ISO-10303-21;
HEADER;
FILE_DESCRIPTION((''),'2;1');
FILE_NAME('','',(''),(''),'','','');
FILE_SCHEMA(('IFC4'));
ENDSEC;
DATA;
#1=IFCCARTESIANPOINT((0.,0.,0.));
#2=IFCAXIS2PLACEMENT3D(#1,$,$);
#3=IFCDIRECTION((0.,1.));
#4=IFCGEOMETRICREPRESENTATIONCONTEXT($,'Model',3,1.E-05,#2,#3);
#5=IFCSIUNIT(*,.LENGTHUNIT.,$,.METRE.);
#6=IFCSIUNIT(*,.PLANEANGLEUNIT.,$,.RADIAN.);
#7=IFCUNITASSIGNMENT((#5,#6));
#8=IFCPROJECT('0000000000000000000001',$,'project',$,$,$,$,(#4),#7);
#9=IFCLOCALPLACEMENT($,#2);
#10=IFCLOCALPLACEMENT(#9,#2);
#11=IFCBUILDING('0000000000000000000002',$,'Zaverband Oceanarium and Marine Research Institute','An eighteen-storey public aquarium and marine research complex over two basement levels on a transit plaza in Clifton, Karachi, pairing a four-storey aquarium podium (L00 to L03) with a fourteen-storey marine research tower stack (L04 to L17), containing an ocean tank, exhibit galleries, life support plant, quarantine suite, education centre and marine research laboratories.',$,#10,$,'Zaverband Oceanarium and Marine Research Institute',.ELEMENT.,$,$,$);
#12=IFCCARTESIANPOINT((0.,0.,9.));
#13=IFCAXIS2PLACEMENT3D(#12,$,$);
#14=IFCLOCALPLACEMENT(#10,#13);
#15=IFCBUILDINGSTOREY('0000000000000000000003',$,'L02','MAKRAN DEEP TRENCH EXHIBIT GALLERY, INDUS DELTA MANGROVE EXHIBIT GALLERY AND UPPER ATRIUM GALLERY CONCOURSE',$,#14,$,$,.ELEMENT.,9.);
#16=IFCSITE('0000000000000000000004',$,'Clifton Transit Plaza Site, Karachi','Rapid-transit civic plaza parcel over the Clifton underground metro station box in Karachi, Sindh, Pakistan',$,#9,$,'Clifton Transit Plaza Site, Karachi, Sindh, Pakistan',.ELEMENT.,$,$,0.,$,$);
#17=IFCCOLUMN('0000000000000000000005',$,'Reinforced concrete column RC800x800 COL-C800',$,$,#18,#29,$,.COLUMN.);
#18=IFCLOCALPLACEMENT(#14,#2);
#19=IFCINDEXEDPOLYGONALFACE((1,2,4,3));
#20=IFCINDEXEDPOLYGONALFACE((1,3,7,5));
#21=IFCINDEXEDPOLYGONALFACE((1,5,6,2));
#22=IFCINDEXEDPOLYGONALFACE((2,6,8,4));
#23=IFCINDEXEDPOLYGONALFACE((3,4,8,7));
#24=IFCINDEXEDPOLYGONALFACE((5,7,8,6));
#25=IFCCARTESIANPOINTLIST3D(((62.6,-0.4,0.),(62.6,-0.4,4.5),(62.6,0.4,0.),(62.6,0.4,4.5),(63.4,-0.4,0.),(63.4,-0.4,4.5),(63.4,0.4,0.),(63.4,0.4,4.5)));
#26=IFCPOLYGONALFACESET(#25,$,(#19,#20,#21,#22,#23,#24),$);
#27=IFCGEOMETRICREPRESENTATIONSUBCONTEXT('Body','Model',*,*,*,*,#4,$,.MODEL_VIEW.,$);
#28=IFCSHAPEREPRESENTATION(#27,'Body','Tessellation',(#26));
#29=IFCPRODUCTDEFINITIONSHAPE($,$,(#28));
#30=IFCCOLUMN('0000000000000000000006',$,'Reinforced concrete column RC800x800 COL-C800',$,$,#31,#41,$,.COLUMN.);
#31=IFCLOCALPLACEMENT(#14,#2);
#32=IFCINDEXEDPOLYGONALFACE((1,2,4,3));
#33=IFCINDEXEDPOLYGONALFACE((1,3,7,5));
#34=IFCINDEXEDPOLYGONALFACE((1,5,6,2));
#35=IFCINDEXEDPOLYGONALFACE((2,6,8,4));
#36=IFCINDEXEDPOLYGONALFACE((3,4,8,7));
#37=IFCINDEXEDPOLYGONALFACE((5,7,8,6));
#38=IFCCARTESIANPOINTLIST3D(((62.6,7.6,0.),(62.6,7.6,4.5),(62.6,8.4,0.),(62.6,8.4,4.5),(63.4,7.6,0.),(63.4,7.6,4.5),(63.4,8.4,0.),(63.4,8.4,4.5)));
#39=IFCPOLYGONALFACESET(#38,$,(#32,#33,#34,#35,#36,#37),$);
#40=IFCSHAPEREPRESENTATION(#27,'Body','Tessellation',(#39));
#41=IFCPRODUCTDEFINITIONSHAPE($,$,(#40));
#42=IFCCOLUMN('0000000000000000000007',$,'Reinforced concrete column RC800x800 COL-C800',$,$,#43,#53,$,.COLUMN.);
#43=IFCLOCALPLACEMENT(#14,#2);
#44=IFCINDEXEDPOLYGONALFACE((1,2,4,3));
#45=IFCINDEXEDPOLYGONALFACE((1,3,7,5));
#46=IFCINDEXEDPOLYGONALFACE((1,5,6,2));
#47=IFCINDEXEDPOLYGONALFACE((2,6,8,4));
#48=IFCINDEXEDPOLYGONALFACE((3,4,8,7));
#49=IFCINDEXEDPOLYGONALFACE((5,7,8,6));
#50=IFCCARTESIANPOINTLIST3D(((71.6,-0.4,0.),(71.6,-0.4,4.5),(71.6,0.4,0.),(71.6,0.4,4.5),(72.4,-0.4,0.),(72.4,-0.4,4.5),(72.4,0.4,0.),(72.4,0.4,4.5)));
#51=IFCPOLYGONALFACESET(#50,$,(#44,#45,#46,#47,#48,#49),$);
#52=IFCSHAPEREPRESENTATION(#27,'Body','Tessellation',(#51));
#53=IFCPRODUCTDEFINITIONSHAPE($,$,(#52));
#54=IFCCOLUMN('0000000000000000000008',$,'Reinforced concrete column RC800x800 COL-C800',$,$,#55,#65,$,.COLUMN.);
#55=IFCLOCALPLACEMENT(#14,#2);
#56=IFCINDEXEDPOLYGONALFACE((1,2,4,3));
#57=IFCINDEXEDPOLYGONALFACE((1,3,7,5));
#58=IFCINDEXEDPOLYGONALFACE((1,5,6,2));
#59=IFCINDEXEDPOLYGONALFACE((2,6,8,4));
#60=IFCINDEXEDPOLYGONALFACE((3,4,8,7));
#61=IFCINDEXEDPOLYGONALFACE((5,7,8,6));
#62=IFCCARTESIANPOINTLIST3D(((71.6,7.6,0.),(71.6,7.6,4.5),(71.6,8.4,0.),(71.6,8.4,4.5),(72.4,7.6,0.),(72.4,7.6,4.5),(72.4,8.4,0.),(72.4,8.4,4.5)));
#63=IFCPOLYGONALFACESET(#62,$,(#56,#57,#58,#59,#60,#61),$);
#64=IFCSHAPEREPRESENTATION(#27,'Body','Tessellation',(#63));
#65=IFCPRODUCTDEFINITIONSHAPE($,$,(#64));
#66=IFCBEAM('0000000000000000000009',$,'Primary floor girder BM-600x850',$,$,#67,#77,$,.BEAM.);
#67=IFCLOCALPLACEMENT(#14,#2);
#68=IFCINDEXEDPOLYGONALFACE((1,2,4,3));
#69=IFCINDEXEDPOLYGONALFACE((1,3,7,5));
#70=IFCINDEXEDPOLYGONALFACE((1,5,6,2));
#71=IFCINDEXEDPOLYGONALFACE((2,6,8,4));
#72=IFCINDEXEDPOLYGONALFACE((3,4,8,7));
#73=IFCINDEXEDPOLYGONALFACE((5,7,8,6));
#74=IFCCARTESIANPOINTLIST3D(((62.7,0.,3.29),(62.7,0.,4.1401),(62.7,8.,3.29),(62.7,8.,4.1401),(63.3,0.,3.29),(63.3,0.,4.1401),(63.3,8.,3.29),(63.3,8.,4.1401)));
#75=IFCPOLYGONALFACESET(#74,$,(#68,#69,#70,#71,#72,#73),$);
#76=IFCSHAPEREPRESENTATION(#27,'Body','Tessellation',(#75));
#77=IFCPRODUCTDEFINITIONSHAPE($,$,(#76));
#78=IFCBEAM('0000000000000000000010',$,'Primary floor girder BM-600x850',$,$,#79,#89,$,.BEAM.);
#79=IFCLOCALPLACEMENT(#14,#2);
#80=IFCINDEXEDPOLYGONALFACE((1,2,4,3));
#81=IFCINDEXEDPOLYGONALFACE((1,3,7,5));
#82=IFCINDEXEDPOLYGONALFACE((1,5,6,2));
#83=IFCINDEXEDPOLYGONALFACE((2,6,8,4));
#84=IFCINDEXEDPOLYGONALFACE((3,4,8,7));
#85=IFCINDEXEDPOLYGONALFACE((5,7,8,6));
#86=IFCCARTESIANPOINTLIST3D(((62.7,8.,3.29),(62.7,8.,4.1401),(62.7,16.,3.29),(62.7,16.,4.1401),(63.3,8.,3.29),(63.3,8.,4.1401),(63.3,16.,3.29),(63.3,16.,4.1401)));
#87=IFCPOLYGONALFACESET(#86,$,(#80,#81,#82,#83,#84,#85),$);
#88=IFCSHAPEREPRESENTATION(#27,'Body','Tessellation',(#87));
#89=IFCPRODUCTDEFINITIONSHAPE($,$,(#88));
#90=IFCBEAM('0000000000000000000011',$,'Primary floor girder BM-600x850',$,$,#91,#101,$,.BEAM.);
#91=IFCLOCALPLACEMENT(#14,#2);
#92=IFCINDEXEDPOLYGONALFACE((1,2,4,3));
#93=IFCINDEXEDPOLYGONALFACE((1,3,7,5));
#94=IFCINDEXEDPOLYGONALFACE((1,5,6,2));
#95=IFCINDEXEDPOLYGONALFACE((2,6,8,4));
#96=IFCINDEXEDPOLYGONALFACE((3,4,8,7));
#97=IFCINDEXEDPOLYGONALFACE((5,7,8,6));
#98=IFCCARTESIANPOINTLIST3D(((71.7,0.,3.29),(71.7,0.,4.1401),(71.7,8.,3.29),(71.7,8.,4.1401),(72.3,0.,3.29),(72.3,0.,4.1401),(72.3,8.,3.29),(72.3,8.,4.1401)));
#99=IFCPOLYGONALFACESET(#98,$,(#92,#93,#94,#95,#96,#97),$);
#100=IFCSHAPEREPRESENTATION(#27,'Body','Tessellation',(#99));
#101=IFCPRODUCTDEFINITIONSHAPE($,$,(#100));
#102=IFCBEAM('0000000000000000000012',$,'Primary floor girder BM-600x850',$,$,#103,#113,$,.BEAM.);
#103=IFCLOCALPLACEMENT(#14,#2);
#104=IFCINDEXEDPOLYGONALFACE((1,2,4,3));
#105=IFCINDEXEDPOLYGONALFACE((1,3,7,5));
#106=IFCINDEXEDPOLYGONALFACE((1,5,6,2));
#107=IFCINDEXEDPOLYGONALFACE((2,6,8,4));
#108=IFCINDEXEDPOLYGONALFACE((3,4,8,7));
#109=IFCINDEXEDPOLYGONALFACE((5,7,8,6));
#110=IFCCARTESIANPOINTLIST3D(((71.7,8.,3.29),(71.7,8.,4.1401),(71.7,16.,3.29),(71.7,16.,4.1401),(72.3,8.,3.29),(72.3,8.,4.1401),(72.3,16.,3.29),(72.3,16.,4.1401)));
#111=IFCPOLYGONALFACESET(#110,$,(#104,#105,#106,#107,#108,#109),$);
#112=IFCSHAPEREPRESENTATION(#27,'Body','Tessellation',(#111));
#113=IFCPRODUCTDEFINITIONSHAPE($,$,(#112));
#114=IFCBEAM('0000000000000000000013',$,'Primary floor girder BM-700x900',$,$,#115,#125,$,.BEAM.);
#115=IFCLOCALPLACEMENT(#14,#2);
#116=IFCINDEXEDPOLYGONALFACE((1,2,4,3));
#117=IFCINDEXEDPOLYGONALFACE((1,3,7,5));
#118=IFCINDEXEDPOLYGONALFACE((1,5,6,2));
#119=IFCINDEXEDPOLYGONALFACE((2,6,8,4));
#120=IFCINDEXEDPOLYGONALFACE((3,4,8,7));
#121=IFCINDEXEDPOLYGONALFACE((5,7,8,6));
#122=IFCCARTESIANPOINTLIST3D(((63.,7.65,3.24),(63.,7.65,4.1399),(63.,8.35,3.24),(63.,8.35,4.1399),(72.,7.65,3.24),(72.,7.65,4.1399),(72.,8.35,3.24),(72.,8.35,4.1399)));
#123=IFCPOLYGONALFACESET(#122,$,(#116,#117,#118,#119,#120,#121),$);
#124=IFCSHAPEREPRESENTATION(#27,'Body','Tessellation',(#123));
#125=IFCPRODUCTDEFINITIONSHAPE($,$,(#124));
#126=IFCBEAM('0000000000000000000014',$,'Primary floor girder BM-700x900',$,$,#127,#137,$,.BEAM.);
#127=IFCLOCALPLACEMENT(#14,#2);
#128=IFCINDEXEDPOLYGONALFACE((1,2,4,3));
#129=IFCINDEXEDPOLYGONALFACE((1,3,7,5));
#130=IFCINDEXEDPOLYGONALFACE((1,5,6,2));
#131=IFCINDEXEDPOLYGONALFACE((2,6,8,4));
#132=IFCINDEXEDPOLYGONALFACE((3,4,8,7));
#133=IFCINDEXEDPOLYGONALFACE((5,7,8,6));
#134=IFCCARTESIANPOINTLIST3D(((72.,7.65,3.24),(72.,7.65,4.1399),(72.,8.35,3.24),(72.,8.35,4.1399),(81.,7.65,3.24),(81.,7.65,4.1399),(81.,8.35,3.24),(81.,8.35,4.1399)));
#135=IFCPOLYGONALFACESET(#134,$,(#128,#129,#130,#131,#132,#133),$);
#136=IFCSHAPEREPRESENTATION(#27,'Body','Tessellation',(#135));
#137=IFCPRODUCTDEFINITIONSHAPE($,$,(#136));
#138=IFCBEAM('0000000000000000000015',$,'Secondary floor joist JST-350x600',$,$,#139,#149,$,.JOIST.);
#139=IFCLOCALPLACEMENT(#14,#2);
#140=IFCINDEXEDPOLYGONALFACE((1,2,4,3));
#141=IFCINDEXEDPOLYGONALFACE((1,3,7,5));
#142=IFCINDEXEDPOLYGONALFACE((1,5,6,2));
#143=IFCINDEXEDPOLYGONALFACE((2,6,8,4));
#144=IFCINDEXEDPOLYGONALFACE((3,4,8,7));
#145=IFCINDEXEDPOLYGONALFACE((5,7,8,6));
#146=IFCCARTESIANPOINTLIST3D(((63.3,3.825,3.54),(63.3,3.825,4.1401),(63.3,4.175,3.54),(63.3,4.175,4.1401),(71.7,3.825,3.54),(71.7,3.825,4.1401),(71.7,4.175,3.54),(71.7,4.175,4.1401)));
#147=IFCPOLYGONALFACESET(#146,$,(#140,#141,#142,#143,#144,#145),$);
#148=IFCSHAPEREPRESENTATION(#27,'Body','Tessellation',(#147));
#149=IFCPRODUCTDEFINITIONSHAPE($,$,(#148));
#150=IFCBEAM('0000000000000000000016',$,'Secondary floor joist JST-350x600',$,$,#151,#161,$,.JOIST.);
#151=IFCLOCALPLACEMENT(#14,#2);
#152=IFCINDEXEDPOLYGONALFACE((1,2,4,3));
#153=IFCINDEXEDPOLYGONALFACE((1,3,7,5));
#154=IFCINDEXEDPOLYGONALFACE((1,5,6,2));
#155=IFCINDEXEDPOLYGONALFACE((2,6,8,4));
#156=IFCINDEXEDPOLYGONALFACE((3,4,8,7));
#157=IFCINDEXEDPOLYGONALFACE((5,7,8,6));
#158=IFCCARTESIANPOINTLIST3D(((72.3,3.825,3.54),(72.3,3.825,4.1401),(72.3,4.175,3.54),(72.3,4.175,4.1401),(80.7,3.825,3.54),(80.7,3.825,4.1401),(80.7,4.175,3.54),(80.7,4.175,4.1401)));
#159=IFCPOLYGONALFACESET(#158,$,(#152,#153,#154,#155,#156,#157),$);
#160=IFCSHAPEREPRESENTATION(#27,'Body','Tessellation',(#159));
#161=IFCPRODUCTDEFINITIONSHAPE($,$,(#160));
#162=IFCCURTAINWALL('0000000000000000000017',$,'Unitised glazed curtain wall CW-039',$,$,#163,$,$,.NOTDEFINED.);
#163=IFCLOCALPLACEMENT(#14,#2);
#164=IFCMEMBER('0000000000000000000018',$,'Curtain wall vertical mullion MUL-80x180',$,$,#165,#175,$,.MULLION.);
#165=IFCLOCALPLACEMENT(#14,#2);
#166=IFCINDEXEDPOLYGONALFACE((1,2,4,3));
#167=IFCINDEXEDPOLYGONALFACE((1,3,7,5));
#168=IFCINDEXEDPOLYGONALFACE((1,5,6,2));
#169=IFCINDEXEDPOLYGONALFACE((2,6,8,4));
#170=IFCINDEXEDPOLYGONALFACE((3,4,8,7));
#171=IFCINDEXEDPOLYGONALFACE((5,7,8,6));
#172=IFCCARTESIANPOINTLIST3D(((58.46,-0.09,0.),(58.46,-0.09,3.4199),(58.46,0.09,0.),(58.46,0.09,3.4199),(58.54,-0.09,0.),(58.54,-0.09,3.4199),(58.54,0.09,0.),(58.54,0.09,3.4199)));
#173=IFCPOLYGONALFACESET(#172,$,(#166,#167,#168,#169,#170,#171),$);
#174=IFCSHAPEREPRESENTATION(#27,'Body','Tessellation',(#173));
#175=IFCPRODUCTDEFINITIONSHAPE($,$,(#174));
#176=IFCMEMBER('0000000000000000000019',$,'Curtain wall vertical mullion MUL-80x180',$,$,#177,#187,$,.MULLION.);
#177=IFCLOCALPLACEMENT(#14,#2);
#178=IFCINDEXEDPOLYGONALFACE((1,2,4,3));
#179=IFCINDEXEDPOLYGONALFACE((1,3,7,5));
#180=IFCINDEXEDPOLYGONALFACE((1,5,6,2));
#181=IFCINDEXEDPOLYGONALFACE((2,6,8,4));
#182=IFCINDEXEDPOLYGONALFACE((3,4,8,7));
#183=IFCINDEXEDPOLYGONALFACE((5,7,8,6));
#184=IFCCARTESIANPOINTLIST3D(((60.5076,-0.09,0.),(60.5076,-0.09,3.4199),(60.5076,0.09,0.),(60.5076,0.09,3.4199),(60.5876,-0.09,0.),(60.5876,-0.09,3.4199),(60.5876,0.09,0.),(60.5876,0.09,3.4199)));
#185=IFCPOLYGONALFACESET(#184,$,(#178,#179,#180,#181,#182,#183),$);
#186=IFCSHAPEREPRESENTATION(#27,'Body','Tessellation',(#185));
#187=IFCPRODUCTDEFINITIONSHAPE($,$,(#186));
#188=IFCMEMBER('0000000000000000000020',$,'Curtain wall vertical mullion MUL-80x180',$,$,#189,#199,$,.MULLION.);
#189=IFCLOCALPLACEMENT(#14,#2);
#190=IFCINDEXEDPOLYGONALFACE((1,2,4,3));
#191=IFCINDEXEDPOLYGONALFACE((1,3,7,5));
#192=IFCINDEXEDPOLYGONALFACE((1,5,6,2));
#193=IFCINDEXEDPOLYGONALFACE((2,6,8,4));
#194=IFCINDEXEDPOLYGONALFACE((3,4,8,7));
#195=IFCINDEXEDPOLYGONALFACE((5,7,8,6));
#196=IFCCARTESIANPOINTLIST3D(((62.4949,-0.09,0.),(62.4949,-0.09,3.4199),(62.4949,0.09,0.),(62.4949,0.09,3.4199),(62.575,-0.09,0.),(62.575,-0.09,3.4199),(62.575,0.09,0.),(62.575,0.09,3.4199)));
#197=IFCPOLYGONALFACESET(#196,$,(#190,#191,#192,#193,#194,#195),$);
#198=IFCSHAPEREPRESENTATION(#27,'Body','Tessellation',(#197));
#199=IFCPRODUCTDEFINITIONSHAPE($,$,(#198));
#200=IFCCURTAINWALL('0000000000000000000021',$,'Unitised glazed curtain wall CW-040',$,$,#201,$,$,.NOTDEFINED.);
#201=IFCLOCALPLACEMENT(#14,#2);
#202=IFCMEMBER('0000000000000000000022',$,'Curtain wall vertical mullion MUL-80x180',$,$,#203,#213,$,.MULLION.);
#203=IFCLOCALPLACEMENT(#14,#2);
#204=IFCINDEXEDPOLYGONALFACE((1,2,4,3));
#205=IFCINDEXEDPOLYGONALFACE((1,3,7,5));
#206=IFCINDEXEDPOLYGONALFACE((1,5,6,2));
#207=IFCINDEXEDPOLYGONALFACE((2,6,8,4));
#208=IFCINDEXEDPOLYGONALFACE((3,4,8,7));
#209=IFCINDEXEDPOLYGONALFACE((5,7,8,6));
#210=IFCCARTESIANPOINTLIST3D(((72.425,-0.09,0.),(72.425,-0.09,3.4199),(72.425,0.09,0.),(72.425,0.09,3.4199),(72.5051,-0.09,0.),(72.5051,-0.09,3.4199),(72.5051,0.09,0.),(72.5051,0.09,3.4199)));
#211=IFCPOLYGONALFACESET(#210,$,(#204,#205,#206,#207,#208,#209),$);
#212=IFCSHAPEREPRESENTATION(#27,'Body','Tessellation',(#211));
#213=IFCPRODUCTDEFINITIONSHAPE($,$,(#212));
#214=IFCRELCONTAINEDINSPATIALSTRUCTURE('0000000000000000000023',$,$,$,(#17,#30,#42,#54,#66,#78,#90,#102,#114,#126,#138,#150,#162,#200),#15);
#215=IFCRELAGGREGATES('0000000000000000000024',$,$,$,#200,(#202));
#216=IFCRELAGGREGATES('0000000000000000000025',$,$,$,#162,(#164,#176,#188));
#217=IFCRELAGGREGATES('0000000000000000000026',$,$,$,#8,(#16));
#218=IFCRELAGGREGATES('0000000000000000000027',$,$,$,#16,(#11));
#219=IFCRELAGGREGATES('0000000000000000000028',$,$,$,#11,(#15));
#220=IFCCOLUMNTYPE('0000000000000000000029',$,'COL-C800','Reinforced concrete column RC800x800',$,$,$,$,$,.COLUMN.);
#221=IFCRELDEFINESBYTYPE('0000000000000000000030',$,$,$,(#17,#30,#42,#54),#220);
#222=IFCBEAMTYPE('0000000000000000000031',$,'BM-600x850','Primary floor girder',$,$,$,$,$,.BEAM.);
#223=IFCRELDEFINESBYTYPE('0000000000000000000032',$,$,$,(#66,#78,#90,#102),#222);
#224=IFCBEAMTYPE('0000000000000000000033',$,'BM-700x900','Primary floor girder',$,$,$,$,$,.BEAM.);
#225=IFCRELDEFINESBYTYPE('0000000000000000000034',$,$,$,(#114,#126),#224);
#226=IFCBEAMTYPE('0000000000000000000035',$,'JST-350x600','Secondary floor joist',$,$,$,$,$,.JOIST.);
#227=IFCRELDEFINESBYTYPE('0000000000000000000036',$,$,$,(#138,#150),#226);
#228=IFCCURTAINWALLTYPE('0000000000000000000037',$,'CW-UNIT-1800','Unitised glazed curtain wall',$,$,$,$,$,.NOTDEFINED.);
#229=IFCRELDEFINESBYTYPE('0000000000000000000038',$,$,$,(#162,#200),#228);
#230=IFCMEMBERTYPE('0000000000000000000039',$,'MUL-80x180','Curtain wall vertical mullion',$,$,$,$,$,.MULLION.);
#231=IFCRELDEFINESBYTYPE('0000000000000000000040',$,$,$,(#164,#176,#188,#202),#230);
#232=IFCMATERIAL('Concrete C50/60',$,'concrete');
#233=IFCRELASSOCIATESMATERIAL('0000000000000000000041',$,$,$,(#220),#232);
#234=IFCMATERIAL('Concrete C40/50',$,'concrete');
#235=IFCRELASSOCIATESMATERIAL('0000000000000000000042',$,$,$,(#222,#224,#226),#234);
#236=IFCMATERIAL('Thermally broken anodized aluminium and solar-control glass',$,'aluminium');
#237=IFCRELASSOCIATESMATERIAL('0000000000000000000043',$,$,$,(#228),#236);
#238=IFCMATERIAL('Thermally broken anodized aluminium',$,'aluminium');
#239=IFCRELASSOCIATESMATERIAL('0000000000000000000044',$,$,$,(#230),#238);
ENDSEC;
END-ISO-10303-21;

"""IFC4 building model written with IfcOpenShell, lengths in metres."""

from ifc_helpers import new_model, si_unit, direction, frame, origin, origin_2d, place, context, subcontext, project, spatial, rectangle, extrude, material, material_profile, profile_set, type_object, element, aggregate, save


model = new_model("IFC4")

# Units and contexts
model_context = context("Model", 3, precision=1e-05, world=origin(), true_north=direction((0.0, 1.0)))
body_context = subcontext(model_context, "Body", "Model", "MODEL_VIEW")
ifc_project = project(units=[si_unit("LENGTHUNIT", "METRE"), si_unit("PLANEANGLEUNIT", "RADIAN")], contexts=[model_context])

# Site, building, storey
site_placement = place(None, origin())
site = spatial("IfcSite", under=ifc_project, at=site_placement, Name="Clifton Transit Plaza Site, Karachi", Description="Rapid-transit civic plaza parcel over the Clifton underground metro station box in Karachi, Sindh, Pakistan", LongName="Clifton Transit Plaza Site, Karachi, Sindh, Pakistan", CompositionType="ELEMENT", RefElevation=0.0)
building_placement = place(site_placement, origin())
building = spatial("IfcBuilding", under=site, at=building_placement, Name="Zaverband Oceanarium and Marine Research Institute", Description="An eighteen-storey public aquarium and marine research complex over two basement levels on a transit plaza in Clifton, Karachi, pairing a four-storey aquarium podium (L00 to L03) with a fourteen-storey marine research tower stack (L04 to L17), containing an ocean tank, exhibit galleries, life support plant, quarantine suite, education centre and marine research laboratories.", LongName="Zaverband Oceanarium and Marine Research Institute", CompositionType="ELEMENT")
storey_placement = place(building_placement, frame((0.0, 0.0, 9.0)))
storey = spatial("IfcBuildingStorey", under=building, at=storey_placement, Name="L02", Description="MAKRAN DEEP TRENCH EXHIBIT GALLERY, INDUS DELTA MANGROVE EXHIBIT GALLERY AND UPPER ATRIUM GALLERY CONCOURSE", CompositionType="ELEMENT", Elevation=9.0)

# Columns
ifc_material_1 = material(Name="Concrete C50/60", Category="concrete")
ifc_material_profile_1 = material_profile(ifc_material_1, rectangle(XDim=0.8, YDim=0.8, at=origin_2d()), Name="RC800x800")
ifc_profile_set_1 = profile_set([ifc_material_profile_1], Name="Concrete C50/60")
column_type = type_object("IfcColumnType", Name="COL-C800", Description="Reinforced concrete column RC800x800", PredefinedType="COLUMN", material=ifc_profile_set_1)
for number, where, z_axis, x_axis, name in (
    (1, (63.0, 0.0, 0.0), (0.0, 0.0, 1.0), (1.0, 0.0, 0.0), "Reinforced concrete column RC800x800 COL-C800"),
    (2, (63.0, 8.0, 0.0), (0.0, 0.0, 1.0), (1.0, 0.0, 0.0), "Reinforced concrete column RC800x800 COL-C800"),
    (3, (72.0, 0.0, 0.0), (0.0, 0.0, 1.0), (1.0, 0.0, 0.0), "Reinforced concrete column RC800x800 COL-C800"),
    (4, (72.0, 8.0, 0.0), (0.0, 0.0, 1.0), (1.0, 0.0, 0.0), "Reinforced concrete column RC800x800 COL-C800"),
):
    element("IfcColumn", number, at=place(storey_placement, frame(where, z_axis=z_axis, x_axis=x_axis)), inside=storey, type_object=column_type, Name=name, PredefinedType="COLUMN", context=body_context, shape_type="SweptSolid", body=[
        extrude(rectangle(XDim=0.8, YDim=0.8, at=origin_2d()), origin(), (0.0, 0.0, 1.0), 4.5),
    ])

# Beams
ifc_material_2 = material(Name="Concrete C40/50", Category="concrete")
ifc_material_profile_2 = material_profile(ifc_material_2, rectangle(XDim=0.6001, YDim=0.8501, at=origin_2d()), Name="RC600x850")
ifc_profile_set_2 = profile_set([ifc_material_profile_2], Name="Concrete C40/50")
beam_type_1 = type_object("IfcBeamType", Name="BM-600x850", Description="Primary floor girder", PredefinedType="BEAM", material=ifc_profile_set_2)
for number, where, z_axis, x_axis, name in (
    (5, (63.0, 0.0, 3.7151), (0.0, 1.0, 0.0), (-1.0, 0.0, 0.0), "Primary floor girder BM-600x850"),
    (6, (63.0, 8.0, 3.7151), (0.0, 1.0, 0.0), (-1.0, 0.0, 0.0), "Primary floor girder BM-600x850"),
    (7, (72.0, 0.0, 3.7151), (0.0, 1.0, 0.0), (-1.0, 0.0, 0.0), "Primary floor girder BM-600x850"),
    (8, (72.0, 8.0, 3.7151), (0.0, 1.0, 0.0), (-1.0, 0.0, 0.0), "Primary floor girder BM-600x850"),
):
    element("IfcBeam", number, at=place(storey_placement, frame(where, z_axis=z_axis, x_axis=x_axis)), inside=storey, type_object=beam_type_1, Name=name, PredefinedType="BEAM", context=body_context, shape_type="SweptSolid", body=[
        extrude(rectangle(XDim=0.6001, YDim=0.8501, at=origin_2d()), origin(), (0.0, 0.0, 1.0), 8.0),
    ])
ifc_material_profile_3 = material_profile(ifc_material_2, rectangle(XDim=0.7, YDim=0.8999, at=origin_2d()), Name="RC700x900")
ifc_profile_set_3 = profile_set([ifc_material_profile_3], Name="Concrete C40/50")
beam_type_2 = type_object("IfcBeamType", Name="BM-700x900", Description="Primary floor girder", PredefinedType="BEAM", material=ifc_profile_set_3)
for number, where, z_axis, x_axis, name in (
    (9, (63.0, 8.0, 3.6899), (1.0, 0.0, 0.0), (0.0, 1.0, 0.0), "Primary floor girder BM-700x900"),
    (10, (72.0, 8.0, 3.6899), (1.0, 0.0, 0.0), (0.0, 1.0, 0.0), "Primary floor girder BM-700x900"),
):
    element("IfcBeam", number, at=place(storey_placement, frame(where, z_axis=z_axis, x_axis=x_axis)), inside=storey, type_object=beam_type_2, Name=name, PredefinedType="BEAM", context=body_context, shape_type="SweptSolid", body=[
        extrude(rectangle(XDim=0.7, YDim=0.8999, at=origin_2d()), origin(), (0.0, 0.0, 1.0), 9.0),
    ])
ifc_material_profile_4 = material_profile(ifc_material_2, rectangle(XDim=0.3501, YDim=0.6001, at=origin_2d()), Name="RC350x600")
ifc_profile_set_4 = profile_set([ifc_material_profile_4], Name="Concrete C40/50")
beam_type_3 = type_object("IfcBeamType", Name="JST-350x600", Description="Secondary floor joist", PredefinedType="JOIST", material=ifc_profile_set_4)
for number, where, z_axis, x_axis, name in (
    (11, (63.3, 4.0, 3.8401), (1.0, 0.0, 0.0), (0.0, 1.0, 0.0), "Secondary floor joist JST-350x600"),
    (12, (72.3, 4.0, 3.8401), (1.0, 0.0, 0.0), (0.0, 1.0, 0.0), "Secondary floor joist JST-350x600"),
):
    element("IfcBeam", number, at=place(storey_placement, frame(where, z_axis=z_axis, x_axis=x_axis)), inside=storey, type_object=beam_type_3, Name=name, PredefinedType="JOIST", context=body_context, shape_type="SweptSolid", body=[
        extrude(rectangle(XDim=0.3501, YDim=0.6001, at=origin_2d()), origin(), (0.0, 0.0, 1.0), 8.3999),
    ])

# Curtain wall, members
ifc_material_3 = material(Name="Thermally broken anodized aluminium and solar-control glass", Category="aluminium")
curtain_wall_type = type_object("IfcCurtainWallType", Name="CW-UNIT-1800", Description="Unitised glazed curtain wall", PredefinedType="NOTDEFINED", material=ifc_material_3)
curtain_wall_1_placement = place(storey_placement, origin())
curtain_wall_1 = element("IfcCurtainWall", 13, at=curtain_wall_1_placement, inside=storey, type_object=curtain_wall_type, Name="Unitised glazed curtain wall CW-039", PredefinedType="NOTDEFINED")
ifc_material_4 = material(Name="Thermally broken anodized aluminium", Category="aluminium")
ifc_material_profile_5 = material_profile(ifc_material_4, rectangle(XDim=0.0801, YDim=0.1799, at=origin_2d()), Name="AL-MUL-80x180")
ifc_profile_set_5 = profile_set([ifc_material_profile_5], Name="Thermally broken anodized aluminium")
member_type_1 = type_object("IfcMemberType", Name="MUL-80x180", Description="Curtain wall vertical mullion", PredefinedType="MULLION", material=ifc_profile_set_5)
member_1_placement = place(storey_placement, frame((58.5, 0.0, 0.0), z_axis=(0.0, 0.0, 1.0), x_axis=(1.0, 0.0, 0.0)))
member_1 = element("IfcMember", 14, at=member_1_placement, type_object=member_type_1, Name="Curtain wall vertical mullion MUL-80x180", PredefinedType="MULLION", context=body_context, shape_type="SweptSolid", body=[
    extrude(rectangle(XDim=0.0801, YDim=0.1799, at=origin_2d()), origin(), (0.0, 0.0, 1.0), 3.4199),
])
member_2_placement = place(storey_placement, frame((60.5476, 0.0, 0.0), z_axis=(0.0, 0.0, 1.0), x_axis=(1.0, 0.0, 0.0)))
member_2 = element("IfcMember", 15, at=member_2_placement, type_object=member_type_1, Name="Curtain wall vertical mullion MUL-80x180", PredefinedType="MULLION", context=body_context, shape_type="SweptSolid", body=[
    extrude(rectangle(XDim=0.0801, YDim=0.1799, at=origin_2d()), origin(), (0.0, 0.0, 1.0), 3.4199),
])
member_3_placement = place(storey_placement, frame((62.5349, 0.0, 0.0), z_axis=(0.0, 0.0, 1.0), x_axis=(1.0, 0.0, 0.0)))
member_3 = element("IfcMember", 16, at=member_3_placement, type_object=member_type_1, Name="Curtain wall vertical mullion MUL-80x180", PredefinedType="MULLION", context=body_context, shape_type="SweptSolid", body=[
    extrude(rectangle(XDim=0.0801, YDim=0.1799, at=origin_2d()), origin(), (0.0, 0.0, 1.0), 3.4199),
])

# Curtain wall, member
curtain_wall_2_placement = place(storey_placement, origin())
curtain_wall_2 = element("IfcCurtainWall", 17, at=curtain_wall_2_placement, inside=storey, type_object=curtain_wall_type, Name="Unitised glazed curtain wall CW-040", PredefinedType="NOTDEFINED")
member_4_placement = place(storey_placement, frame((72.4651, 0.0, 0.0), z_axis=(0.0, 0.0, 1.0), x_axis=(1.0, 0.0, 0.0)))
member_4 = element("IfcMember", 18, at=member_4_placement, type_object=member_type_1, Name="Curtain wall vertical mullion MUL-80x180", PredefinedType="MULLION", context=body_context, shape_type="SweptSolid", body=[
    extrude(rectangle(XDim=0.0801, YDim=0.1799, at=origin_2d()), origin(), (0.0, 0.0, 1.0), 3.4199),
])

aggregate(curtain_wall_2, [member_4])

aggregate(curtain_wall_1, [member_1, member_2, member_3])

save(model, "model.ifc")
